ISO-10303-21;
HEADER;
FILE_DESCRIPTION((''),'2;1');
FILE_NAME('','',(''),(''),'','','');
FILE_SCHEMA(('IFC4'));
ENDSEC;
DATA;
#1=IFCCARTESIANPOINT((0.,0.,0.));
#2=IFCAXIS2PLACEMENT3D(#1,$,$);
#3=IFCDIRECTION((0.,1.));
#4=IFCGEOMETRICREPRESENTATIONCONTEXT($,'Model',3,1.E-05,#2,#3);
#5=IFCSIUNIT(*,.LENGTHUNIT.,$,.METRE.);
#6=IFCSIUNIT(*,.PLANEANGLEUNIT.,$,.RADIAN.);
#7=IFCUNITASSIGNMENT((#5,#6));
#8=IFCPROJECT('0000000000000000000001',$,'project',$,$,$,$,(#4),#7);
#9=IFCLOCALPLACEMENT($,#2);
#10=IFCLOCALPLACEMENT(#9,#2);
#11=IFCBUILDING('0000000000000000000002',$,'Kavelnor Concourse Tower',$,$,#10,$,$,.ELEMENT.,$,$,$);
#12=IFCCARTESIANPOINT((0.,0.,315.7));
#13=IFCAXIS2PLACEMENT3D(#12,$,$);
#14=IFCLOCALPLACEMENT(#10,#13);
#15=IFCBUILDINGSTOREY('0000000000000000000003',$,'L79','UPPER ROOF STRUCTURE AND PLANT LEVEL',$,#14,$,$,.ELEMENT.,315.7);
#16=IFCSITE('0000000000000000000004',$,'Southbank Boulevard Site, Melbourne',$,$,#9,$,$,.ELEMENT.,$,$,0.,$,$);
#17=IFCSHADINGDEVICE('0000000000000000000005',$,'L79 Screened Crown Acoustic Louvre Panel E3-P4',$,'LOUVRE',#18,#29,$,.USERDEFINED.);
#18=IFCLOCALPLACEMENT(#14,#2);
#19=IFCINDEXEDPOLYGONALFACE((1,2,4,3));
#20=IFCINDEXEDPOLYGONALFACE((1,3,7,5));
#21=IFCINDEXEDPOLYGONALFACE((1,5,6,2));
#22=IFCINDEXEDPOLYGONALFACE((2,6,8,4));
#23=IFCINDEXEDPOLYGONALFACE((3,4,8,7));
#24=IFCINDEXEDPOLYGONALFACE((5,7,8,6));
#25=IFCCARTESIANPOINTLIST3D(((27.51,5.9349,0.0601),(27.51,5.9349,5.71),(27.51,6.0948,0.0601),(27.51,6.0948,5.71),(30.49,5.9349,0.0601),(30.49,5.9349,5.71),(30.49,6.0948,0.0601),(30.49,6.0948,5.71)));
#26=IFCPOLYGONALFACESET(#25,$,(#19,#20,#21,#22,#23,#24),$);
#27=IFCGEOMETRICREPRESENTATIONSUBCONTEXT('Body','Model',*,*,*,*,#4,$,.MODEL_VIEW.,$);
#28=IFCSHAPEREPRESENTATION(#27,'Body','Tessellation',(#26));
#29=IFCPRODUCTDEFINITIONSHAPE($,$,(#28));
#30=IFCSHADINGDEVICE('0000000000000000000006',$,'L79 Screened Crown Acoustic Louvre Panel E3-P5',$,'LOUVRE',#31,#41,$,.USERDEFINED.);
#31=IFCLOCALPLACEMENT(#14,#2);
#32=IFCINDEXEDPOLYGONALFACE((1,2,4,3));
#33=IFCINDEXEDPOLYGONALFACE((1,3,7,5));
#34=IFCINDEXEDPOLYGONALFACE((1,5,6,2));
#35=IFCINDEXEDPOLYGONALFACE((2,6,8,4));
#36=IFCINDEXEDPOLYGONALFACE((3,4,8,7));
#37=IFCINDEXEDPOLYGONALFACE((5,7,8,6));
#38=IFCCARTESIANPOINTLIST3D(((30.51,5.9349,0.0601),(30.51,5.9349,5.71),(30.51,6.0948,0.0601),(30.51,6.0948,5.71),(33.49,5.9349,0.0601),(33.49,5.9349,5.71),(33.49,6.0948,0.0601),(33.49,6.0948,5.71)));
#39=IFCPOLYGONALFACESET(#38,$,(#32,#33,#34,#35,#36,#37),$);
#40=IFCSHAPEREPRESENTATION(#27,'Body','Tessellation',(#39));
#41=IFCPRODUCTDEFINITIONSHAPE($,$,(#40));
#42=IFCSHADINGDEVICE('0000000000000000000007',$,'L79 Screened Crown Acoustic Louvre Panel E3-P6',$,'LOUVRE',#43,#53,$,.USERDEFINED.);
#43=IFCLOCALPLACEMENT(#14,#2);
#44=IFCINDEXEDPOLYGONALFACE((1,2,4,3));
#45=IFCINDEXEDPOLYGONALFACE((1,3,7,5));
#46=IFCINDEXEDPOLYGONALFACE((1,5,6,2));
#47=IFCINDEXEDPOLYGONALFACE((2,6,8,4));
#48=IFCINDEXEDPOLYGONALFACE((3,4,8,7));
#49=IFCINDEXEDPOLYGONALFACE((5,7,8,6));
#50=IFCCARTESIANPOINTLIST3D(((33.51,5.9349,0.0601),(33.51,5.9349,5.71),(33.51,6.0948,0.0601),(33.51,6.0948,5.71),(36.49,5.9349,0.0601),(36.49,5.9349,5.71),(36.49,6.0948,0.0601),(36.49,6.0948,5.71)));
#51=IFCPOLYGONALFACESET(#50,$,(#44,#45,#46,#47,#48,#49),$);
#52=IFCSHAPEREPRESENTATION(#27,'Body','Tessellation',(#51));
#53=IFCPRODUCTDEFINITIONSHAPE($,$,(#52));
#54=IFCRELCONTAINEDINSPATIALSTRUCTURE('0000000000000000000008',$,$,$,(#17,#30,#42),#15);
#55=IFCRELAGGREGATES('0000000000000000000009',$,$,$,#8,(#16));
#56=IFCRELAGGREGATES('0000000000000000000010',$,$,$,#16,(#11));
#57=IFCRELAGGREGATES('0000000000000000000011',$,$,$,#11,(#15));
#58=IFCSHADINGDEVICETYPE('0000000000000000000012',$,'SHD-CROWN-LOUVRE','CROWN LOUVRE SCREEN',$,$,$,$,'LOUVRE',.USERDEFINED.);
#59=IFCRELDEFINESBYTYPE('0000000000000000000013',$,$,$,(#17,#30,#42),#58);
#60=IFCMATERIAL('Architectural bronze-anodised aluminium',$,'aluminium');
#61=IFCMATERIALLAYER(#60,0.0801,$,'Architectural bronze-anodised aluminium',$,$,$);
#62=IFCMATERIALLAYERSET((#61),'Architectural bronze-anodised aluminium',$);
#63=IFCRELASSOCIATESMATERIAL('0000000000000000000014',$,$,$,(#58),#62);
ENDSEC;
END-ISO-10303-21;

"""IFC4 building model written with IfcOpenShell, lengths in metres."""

from ifc_helpers import new_model, si_unit, direction, frame, origin, origin_2d, place, context, subcontext, project, spatial, rectangle, extrude, material, layer, layer_set, type_object, element, save


model = new_model("IFC4")

# Units and contexts
model_context = context("Model", 3, precision=1e-05, world=origin(), true_north=direction((0.0, 1.0)))
body_context = subcontext(model_context, "Body", "Model", "MODEL_VIEW")
ifc_project = project(units=[si_unit("LENGTHUNIT", "METRE"), si_unit("PLANEANGLEUNIT", "RADIAN")], contexts=[model_context])

# Site, building, storey
site_placement = place(None, origin())
site = spatial("IfcSite", under=ifc_project, at=site_placement, Name="Southbank Boulevard Site, Melbourne", CompositionType="ELEMENT", RefElevation=0.0)
building_placement = place(site_placement, origin())
building = spatial("IfcBuilding", under=site, at=building_placement, Name="Kavelnor Concourse Tower", CompositionType="ELEMENT")
storey_placement = place(building_placement, frame((0.0, 0.0, 315.7)))
storey = spatial("IfcBuildingStorey", under=building, at=storey_placement, Name="L79", Description="UPPER ROOF STRUCTURE AND PLANT LEVEL", CompositionType="ELEMENT", Elevation=315.7)

# Shading devices
ifc_material_1 = material(Name="Architectural bronze-anodised aluminium", Category="aluminium")
ifc_layer_1 = layer(ifc_material_1, 0.0801, Name="Architectural bronze-anodised aluminium")
ifc_layer_set_1 = layer_set([ifc_layer_1], Name="Architectural bronze-anodised aluminium")
shading_device_type = type_object("IfcShadingDeviceType", Name="SHD-CROWN-LOUVRE", Description="CROWN LOUVRE SCREEN", ElementType="LOUVRE", PredefinedType="USERDEFINED", material=ifc_layer_set_1)
for number, where, z_axis, x_axis, name in (
    (1, (29.0, 6.0149, 0.0601), (0.0, 0.0, 1.0), (1.0, 0.0, 0.0), "L79 Screened Crown Acoustic Louvre Panel E3-P4"),
    (2, (32.0, 6.0149, 0.0601), (0.0, 0.0, 1.0), (1.0, 0.0, 0.0), "L79 Screened Crown Acoustic Louvre Panel E3-P5"),
    (3, (35.0, 6.0149, 0.0601), (0.0, 0.0, 1.0), (1.0, 0.0, 0.0), "L79 Screened Crown Acoustic Louvre Panel E3-P6"),
):
    element("IfcShadingDevice", number, at=place(storey_placement, frame(where, z_axis=z_axis, x_axis=x_axis)), inside=storey, type_object=shading_device_type, Name=name, ObjectType="LOUVRE", PredefinedType="USERDEFINED", context=body_context, shape_type="SweptSolid", body=[
        extrude(rectangle(XDim=2.98, YDim=0.1599, at=origin_2d()), origin(), (0.0, 0.0, 1.0), 5.6499),
    ])

save(model, "model.ifc")
